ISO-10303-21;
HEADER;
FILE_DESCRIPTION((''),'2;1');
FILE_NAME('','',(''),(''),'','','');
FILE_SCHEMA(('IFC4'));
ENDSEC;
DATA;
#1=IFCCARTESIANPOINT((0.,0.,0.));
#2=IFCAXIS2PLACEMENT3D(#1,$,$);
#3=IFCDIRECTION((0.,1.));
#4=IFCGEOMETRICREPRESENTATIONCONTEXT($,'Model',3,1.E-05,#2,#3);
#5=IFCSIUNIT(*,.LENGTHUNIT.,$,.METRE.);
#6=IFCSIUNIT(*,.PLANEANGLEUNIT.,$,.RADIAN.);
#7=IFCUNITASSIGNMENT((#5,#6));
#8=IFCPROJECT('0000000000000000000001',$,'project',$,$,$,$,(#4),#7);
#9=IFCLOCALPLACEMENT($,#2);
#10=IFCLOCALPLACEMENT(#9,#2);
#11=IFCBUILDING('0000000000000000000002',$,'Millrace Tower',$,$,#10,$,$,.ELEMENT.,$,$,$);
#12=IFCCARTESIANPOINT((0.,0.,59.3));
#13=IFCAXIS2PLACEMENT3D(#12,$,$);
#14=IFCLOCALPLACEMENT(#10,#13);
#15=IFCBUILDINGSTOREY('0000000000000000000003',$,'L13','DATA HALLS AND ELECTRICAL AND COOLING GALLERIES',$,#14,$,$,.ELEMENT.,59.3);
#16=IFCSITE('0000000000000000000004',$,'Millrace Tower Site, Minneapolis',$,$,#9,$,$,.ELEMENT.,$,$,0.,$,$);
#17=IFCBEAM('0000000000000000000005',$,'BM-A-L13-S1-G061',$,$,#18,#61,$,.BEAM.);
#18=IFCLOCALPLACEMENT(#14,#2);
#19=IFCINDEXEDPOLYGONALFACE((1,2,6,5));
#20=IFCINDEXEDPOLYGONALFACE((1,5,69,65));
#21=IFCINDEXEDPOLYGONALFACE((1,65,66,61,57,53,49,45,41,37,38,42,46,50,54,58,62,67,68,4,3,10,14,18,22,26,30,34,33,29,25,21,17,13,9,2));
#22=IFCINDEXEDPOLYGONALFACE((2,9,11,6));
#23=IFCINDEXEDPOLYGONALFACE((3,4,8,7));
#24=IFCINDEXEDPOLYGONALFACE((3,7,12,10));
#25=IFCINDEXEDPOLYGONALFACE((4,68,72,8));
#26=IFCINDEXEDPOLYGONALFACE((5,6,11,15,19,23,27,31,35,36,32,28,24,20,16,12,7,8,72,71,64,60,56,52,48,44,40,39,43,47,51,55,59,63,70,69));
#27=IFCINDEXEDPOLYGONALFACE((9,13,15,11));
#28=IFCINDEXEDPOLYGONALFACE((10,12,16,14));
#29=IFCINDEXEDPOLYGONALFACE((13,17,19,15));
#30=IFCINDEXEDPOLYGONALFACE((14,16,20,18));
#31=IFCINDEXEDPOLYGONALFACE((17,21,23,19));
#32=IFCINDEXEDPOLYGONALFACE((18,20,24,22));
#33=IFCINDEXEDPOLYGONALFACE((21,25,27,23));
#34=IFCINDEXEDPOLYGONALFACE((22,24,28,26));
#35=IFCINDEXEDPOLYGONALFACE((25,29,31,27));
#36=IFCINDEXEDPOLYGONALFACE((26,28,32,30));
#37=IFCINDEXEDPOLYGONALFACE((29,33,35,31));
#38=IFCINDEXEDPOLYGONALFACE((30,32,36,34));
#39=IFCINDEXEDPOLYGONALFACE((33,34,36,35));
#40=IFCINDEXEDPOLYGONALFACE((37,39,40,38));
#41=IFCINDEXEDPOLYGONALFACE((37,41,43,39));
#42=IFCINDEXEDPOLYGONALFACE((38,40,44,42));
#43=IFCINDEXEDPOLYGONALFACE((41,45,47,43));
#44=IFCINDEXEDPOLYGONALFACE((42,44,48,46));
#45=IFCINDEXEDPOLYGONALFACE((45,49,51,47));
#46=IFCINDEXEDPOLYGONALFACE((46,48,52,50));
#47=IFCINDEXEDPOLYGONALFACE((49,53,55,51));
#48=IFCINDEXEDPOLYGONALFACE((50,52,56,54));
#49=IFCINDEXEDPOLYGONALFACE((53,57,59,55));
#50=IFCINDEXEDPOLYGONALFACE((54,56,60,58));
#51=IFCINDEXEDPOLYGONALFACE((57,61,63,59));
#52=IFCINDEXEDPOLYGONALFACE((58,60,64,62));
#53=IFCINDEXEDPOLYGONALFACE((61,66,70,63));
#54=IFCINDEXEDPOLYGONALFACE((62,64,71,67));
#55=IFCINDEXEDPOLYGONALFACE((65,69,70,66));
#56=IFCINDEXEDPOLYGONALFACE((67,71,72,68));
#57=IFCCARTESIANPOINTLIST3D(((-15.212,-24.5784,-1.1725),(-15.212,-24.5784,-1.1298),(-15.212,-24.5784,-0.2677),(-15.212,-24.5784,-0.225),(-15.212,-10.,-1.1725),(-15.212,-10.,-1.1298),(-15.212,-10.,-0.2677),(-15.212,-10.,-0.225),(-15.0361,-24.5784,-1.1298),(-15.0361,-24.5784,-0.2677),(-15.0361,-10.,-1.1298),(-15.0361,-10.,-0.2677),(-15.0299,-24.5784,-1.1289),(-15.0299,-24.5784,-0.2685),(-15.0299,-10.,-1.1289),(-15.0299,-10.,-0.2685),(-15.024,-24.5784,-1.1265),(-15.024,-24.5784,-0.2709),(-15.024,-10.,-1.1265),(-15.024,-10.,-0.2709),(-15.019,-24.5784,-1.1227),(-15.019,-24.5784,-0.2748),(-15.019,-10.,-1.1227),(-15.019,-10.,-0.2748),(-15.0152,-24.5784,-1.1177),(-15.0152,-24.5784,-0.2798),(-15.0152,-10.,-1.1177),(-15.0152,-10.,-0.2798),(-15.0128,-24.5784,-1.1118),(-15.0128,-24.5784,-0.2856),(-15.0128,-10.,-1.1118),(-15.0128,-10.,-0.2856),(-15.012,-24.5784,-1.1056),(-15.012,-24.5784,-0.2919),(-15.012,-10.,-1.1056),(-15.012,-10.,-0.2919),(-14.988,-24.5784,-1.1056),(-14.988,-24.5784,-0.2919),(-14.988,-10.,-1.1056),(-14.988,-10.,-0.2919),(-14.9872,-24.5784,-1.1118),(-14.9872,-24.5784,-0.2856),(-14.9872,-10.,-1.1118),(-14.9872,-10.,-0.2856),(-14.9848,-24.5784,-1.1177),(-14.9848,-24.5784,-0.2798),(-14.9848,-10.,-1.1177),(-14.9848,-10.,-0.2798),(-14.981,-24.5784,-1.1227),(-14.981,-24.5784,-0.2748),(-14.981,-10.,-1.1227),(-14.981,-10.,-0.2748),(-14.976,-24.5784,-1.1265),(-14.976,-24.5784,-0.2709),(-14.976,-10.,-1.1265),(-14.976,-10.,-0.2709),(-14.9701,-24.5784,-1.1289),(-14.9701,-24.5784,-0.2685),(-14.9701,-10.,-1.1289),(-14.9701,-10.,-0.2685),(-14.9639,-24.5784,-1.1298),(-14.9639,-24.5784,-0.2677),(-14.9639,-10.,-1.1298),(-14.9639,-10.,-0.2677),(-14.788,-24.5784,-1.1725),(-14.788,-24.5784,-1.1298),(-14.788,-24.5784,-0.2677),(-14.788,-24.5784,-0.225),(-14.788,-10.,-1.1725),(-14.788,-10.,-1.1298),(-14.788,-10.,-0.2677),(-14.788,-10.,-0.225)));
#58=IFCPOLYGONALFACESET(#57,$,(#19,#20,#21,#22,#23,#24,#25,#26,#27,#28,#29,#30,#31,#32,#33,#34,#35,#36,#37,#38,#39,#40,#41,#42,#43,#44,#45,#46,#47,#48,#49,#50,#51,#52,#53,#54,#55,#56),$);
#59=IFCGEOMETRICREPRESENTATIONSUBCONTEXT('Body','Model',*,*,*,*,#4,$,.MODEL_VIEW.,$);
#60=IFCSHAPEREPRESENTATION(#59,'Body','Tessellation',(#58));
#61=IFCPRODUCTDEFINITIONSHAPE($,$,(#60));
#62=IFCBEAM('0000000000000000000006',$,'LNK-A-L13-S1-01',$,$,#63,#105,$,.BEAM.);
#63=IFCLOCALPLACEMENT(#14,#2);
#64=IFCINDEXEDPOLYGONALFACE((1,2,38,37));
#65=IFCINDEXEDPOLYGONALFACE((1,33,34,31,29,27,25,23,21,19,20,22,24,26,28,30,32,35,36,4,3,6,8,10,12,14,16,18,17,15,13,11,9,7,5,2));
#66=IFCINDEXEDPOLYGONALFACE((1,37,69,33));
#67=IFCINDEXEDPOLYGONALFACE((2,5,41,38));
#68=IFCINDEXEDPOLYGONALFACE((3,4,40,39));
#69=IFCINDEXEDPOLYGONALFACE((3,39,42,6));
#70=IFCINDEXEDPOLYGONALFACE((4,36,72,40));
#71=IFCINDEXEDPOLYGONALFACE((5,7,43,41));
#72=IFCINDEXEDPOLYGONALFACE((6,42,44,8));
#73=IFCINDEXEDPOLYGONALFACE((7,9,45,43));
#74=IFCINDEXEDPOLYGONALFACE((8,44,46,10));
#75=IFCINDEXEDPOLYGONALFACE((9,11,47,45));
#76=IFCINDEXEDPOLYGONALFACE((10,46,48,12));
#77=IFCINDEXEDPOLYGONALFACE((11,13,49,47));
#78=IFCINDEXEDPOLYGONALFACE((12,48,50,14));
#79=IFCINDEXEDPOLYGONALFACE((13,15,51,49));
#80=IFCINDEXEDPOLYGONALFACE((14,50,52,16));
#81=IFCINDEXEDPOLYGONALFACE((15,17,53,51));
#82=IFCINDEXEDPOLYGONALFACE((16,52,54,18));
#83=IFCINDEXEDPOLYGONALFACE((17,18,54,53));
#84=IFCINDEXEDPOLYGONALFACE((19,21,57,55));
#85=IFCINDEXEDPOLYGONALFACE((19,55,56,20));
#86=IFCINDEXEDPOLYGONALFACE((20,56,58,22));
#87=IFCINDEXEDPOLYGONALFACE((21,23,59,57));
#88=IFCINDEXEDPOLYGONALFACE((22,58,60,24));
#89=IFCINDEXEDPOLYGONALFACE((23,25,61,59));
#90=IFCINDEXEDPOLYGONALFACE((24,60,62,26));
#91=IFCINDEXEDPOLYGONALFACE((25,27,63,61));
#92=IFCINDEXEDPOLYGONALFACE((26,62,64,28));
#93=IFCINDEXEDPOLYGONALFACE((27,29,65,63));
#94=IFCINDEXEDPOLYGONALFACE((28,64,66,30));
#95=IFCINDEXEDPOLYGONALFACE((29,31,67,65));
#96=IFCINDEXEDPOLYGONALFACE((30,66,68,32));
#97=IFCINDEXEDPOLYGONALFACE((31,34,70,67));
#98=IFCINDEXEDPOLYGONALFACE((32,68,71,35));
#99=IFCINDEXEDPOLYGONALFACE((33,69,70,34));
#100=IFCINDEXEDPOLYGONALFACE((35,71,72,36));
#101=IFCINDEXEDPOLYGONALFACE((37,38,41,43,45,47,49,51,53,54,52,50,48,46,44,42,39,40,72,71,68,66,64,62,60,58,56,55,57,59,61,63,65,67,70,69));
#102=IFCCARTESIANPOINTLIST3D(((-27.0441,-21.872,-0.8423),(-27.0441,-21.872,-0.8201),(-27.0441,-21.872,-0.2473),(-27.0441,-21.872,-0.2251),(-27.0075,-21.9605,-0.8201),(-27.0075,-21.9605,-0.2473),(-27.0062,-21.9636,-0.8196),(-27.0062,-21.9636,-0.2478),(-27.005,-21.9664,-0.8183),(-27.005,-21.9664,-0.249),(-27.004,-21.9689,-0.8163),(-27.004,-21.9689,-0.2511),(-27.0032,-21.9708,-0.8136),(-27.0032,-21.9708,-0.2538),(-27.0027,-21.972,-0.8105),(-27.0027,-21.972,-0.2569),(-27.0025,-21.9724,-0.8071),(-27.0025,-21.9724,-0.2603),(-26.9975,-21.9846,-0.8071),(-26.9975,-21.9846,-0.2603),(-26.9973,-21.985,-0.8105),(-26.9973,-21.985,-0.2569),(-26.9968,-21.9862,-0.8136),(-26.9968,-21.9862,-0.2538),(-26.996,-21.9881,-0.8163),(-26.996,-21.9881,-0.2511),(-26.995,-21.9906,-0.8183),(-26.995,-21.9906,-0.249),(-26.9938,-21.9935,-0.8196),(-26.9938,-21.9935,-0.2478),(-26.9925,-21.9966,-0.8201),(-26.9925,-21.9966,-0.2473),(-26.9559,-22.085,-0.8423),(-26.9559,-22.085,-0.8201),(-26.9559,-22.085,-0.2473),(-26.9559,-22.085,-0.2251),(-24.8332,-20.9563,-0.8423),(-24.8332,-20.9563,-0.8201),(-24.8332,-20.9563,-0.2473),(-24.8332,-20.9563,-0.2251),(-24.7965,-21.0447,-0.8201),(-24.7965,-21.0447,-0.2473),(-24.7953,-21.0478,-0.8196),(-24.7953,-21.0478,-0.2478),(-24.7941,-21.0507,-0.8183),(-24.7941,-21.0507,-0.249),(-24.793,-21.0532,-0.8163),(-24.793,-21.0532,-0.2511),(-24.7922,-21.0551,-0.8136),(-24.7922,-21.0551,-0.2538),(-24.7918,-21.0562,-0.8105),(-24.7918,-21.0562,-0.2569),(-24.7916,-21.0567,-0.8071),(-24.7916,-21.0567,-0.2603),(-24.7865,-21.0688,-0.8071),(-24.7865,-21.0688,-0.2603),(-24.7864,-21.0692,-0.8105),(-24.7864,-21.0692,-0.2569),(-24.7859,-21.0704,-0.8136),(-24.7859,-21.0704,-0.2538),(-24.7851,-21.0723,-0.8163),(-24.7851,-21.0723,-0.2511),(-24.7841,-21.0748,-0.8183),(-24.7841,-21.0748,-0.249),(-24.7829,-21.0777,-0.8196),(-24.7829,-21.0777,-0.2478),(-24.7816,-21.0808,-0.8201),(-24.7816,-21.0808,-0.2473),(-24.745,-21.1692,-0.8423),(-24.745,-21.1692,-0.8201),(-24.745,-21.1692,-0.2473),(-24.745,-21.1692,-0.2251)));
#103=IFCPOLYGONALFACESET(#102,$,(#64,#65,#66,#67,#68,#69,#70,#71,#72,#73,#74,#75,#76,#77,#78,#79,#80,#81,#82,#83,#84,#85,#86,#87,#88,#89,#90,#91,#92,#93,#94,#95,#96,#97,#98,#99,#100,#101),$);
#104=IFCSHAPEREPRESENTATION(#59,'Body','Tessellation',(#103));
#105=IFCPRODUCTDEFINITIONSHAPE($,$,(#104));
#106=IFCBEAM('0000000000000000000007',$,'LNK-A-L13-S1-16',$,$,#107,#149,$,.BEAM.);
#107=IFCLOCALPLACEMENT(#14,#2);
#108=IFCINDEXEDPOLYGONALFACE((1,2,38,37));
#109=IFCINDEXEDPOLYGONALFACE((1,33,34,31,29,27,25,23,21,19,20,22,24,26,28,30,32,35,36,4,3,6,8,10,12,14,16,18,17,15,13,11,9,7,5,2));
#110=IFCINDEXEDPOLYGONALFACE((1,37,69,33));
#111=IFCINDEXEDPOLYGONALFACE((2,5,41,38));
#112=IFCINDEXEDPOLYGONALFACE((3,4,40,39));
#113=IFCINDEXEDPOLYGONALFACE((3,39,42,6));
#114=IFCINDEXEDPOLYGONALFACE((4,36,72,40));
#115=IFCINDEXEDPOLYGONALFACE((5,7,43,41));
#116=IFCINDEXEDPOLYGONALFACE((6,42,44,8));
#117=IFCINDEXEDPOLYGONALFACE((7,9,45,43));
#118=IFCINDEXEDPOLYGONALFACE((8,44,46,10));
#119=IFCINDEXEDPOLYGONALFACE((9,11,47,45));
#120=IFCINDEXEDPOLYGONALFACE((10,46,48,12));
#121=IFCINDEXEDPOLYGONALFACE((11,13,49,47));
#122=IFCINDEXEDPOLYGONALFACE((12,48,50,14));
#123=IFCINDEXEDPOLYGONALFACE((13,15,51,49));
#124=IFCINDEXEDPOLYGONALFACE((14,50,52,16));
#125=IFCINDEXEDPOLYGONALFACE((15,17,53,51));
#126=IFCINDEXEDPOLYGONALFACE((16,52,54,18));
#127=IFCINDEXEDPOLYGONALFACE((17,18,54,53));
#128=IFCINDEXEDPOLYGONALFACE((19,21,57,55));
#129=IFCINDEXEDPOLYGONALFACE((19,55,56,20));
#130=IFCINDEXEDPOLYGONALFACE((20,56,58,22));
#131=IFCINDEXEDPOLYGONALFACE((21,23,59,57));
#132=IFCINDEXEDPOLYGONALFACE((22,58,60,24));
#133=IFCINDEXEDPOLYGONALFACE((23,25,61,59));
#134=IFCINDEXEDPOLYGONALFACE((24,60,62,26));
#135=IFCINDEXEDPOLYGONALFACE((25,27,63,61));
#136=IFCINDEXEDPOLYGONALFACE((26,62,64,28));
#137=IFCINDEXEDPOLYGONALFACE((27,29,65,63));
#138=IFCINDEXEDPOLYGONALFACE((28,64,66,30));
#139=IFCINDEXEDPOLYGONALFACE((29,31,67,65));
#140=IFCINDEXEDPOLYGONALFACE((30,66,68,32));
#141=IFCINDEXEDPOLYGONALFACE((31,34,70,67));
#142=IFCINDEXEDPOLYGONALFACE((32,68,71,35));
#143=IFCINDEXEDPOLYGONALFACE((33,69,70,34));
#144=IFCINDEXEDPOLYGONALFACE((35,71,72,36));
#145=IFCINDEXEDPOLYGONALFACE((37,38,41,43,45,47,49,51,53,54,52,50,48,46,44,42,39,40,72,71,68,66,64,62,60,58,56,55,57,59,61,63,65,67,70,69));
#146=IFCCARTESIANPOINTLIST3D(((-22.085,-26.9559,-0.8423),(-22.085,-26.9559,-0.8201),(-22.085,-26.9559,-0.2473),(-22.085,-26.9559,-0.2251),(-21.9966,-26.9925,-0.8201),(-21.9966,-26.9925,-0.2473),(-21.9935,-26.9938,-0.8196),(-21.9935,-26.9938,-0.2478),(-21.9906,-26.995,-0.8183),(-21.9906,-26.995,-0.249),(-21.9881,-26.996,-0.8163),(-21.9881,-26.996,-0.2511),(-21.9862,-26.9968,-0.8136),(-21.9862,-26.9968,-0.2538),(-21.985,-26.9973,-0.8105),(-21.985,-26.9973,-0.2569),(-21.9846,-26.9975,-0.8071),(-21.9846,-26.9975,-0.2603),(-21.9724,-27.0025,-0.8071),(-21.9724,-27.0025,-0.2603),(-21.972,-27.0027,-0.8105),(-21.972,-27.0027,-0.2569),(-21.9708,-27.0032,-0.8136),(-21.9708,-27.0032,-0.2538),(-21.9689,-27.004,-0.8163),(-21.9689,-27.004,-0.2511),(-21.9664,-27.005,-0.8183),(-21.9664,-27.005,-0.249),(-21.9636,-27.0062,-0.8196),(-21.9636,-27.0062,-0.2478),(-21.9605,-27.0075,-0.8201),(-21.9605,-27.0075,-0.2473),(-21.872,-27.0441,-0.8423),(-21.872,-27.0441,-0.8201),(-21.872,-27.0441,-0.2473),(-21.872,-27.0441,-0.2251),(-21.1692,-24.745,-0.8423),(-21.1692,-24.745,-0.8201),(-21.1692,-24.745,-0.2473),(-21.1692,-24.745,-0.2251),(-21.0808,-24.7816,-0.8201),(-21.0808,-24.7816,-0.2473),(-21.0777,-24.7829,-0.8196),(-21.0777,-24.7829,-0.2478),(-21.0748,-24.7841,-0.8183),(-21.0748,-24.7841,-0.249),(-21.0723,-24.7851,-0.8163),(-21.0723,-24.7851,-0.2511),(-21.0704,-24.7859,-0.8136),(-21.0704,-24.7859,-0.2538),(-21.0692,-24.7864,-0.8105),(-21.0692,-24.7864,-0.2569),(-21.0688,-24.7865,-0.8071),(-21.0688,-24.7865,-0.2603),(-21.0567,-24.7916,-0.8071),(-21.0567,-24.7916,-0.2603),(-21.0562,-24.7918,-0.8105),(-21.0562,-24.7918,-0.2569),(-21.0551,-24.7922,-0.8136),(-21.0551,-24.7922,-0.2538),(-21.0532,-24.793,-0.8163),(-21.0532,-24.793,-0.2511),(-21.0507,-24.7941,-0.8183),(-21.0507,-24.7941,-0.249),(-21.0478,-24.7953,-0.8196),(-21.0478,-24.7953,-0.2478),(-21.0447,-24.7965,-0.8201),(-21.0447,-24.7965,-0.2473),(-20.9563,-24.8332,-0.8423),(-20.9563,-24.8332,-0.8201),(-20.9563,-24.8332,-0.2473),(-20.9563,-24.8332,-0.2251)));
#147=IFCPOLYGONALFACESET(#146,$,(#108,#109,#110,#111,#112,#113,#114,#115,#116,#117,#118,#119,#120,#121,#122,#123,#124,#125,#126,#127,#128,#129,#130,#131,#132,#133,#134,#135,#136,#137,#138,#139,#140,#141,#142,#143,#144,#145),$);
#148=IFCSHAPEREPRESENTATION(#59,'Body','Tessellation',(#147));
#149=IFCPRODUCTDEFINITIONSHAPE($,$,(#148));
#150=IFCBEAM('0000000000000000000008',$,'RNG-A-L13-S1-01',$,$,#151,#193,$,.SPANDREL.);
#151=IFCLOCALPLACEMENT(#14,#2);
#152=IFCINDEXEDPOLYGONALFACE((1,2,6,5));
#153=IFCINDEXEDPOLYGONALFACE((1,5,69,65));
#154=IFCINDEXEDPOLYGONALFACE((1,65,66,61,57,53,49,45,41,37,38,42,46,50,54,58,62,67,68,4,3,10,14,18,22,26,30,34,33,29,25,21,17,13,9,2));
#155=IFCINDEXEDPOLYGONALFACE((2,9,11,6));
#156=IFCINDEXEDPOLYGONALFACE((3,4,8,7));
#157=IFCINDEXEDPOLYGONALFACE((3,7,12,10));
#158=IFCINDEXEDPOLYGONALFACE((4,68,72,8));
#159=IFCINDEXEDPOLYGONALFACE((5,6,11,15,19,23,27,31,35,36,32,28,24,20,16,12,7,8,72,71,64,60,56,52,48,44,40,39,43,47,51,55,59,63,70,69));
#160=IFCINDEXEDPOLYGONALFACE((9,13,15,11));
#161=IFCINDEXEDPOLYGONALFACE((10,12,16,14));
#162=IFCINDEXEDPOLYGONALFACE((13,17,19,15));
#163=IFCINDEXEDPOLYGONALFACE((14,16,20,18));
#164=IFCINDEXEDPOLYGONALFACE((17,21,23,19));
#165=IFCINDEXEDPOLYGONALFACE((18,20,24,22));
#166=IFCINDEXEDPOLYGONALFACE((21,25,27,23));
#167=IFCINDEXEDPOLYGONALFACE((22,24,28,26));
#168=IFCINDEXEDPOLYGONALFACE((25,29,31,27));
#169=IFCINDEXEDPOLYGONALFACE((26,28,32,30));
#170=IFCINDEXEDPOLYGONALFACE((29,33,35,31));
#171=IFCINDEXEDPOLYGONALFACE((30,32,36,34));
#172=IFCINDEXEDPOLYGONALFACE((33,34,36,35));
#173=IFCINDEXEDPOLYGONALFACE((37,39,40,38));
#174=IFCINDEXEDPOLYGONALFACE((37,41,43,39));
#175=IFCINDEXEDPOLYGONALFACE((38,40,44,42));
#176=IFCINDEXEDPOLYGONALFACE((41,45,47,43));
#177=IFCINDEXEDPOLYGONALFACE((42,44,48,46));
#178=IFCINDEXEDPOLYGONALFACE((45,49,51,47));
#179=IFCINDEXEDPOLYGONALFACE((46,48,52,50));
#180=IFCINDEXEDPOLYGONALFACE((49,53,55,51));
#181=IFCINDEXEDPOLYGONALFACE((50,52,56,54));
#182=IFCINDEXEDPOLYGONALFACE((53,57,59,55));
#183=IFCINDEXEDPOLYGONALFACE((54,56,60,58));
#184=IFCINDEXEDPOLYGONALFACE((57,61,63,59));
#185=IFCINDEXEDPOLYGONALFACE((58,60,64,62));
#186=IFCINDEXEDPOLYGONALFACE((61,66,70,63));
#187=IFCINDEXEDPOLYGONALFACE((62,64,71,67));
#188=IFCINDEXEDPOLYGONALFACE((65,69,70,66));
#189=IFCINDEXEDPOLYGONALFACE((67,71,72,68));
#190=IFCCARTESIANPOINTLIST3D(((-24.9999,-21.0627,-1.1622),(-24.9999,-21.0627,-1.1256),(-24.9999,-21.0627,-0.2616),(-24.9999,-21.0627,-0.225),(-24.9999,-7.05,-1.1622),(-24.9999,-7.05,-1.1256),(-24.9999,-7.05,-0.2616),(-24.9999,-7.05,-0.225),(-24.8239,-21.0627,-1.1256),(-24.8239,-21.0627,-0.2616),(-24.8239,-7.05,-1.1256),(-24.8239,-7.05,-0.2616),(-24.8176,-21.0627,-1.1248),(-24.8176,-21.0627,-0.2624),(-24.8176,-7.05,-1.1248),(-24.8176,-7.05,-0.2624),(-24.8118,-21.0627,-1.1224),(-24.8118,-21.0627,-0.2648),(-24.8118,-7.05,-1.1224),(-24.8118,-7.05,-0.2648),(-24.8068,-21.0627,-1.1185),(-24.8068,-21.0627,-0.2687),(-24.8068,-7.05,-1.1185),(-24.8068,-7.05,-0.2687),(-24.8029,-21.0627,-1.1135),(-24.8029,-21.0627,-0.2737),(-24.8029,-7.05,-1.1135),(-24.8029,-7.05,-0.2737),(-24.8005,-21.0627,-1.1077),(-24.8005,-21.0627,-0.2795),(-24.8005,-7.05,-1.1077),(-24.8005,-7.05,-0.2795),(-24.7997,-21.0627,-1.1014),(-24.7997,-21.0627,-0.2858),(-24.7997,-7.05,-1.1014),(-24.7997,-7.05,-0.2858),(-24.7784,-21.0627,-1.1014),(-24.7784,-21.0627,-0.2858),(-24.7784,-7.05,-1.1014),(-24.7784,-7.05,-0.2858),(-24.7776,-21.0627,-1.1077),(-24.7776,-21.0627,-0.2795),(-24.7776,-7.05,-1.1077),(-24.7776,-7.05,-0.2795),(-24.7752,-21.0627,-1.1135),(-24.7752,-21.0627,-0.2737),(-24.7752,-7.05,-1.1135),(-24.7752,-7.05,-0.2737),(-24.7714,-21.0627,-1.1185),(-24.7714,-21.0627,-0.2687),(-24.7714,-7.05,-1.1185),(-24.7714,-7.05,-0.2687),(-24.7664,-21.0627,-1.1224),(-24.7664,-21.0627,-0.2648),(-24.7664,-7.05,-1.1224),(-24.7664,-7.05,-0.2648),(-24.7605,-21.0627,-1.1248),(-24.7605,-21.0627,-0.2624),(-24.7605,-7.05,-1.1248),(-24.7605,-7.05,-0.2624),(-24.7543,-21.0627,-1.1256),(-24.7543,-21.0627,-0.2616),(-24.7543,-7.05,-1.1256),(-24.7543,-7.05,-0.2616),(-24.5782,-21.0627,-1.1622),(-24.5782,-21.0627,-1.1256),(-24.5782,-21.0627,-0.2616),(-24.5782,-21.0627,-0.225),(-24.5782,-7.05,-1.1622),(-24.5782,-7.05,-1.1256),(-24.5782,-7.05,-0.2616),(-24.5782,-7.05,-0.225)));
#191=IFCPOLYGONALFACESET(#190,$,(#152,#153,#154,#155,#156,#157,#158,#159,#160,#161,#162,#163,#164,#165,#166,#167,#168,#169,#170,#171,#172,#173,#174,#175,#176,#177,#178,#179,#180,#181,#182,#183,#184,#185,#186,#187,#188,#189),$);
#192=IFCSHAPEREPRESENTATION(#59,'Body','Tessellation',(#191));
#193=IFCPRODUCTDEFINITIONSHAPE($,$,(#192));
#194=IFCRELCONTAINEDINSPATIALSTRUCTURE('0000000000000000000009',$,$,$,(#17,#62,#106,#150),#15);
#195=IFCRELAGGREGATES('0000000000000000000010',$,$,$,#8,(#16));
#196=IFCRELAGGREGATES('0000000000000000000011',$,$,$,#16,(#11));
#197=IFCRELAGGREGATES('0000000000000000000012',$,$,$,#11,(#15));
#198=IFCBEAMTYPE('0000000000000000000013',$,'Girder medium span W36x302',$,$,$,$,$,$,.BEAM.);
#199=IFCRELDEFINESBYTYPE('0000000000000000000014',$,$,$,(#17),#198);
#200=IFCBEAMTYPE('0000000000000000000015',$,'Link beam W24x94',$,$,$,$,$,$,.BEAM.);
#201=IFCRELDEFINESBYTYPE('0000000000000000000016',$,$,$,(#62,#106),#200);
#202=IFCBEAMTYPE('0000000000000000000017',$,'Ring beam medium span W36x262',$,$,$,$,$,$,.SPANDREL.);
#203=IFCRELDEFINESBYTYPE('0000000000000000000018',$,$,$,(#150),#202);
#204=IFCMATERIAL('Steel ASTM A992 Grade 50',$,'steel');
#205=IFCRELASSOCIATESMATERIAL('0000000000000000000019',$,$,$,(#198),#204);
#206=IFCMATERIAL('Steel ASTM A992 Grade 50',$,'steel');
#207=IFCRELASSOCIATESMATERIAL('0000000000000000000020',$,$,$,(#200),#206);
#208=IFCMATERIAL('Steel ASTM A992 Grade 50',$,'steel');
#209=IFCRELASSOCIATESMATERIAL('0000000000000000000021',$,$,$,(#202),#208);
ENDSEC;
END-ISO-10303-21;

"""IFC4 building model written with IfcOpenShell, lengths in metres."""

from ifc_helpers import new_model, si_unit, direction, frame, origin, origin_2d, place, context, subcontext, project, spatial, i_section, extrude, material, material_profile, profile_set, type_object, element, save


model = new_model("IFC4")

# Units and contexts
model_context = context("Model", 3, precision=1e-05, world=origin(), true_north=direction((0.0, 1.0)))
body_context = subcontext(model_context, "Body", "Model", "MODEL_VIEW")
ifc_project = project(units=[si_unit("LENGTHUNIT", "METRE"), si_unit("PLANEANGLEUNIT", "RADIAN")], contexts=[model_context])

# Site, building, storey
site_placement = place(None, origin())
site = spatial("IfcSite", under=ifc_project, at=site_placement, Name="Millrace Tower Site, Minneapolis", CompositionType="ELEMENT", RefElevation=0.0)
building_placement = place(site_placement, origin())
building = spatial("IfcBuilding", under=site, at=building_placement, Name="Millrace Tower", CompositionType="ELEMENT")
storey_placement = place(building_placement, frame((0.0, 0.0, 59.3)))
storey = spatial("IfcBuildingStorey", under=building, at=storey_placement, Name="L13", Description="DATA HALLS AND ELECTRICAL AND COOLING GALLERIES", CompositionType="ELEMENT", Elevation=59.3)

# Beams
ifc_material_1 = material(Name="Steel ASTM A992 Grade 50", Category="steel")
ifc_material_profile_1 = material_profile(ifc_material_1, i_section(OverallWidth=0.4241, OverallDepth=0.9475, WebThickness=0.0239, FlangeThickness=0.0427, FilletRadius=0.0242, at=origin_2d()))
ifc_profile_set_1 = profile_set([ifc_material_profile_1], Name="Steel ASTM A992 Grade 50")
beam_type_1 = type_object("IfcBeamType", Name="Girder medium span W36x302", PredefinedType="BEAM", material=ifc_profile_set_1)
beam_1_placement = place(storey_placement, frame((-15.0, -24.5784, -0.6987), z_axis=(0.0, 1.0, 0.0), x_axis=(-1.0, 0.0, 0.0)))
element("IfcBeam", 1, at=beam_1_placement, inside=storey, type_object=beam_type_1, Name="BM-A-L13-S1-G061", PredefinedType="BEAM", context=body_context, shape_type="SweptSolid", body=[
    extrude(i_section(OverallWidth=0.4241, OverallDepth=0.9475, WebThickness=0.0239, FlangeThickness=0.0427, FilletRadius=0.0242, at=origin_2d()), origin(), (0.0, 0.0, 1.0), 14.5784),
])
ifc_material_2 = material(Name="Steel ASTM A992 Grade 50", Category="steel")
ifc_material_profile_2 = material_profile(ifc_material_2, i_section(OverallWidth=0.2305, OverallDepth=0.6172, WebThickness=0.0132, FlangeThickness=0.0222, FilletRadius=0.0129, at=origin_2d()))
ifc_profile_set_2 = profile_set([ifc_material_profile_2], Name="Steel ASTM A992 Grade 50")
beam_type_2 = type_object("IfcBeamType", Name="Link beam W24x94", PredefinedType="BEAM", material=ifc_profile_set_2)
for number, where, z_axis, x_axis, name in (
    (2, (-24.7891, -21.0627, -0.5337), (-0.923884, -0.382673, 0.0), (0.382673, -0.923884, 0.0), "LNK-A-L13-S1-01"),
    (3, (-21.0627, -24.7891, -0.5337), (-0.382673, -0.923884, 0.0), (0.923884, -0.382673, 0.0), "LNK-A-L13-S1-16"),
):
    element("IfcBeam", number, at=place(storey_placement, frame(where, z_axis=z_axis, x_axis=x_axis)), inside=storey, type_object=beam_type_2, Name=name, PredefinedType="BEAM", context=body_context, shape_type="SweptSolid", body=[
        extrude(i_section(OverallWidth=0.2305, OverallDepth=0.6172, WebThickness=0.0132, FlangeThickness=0.0222, FilletRadius=0.0129, at=origin_2d()), origin(), (0.0, 0.0, 1.0), 2.3931),
    ])
ifc_material_3 = material(Name="Steel ASTM A992 Grade 50", Category="steel")
ifc_material_profile_3 = material_profile(ifc_material_3, i_section(OverallWidth=0.4216, OverallDepth=0.9373, WebThickness=0.0212, FlangeThickness=0.0366, FilletRadius=0.0242, at=origin_2d()))
ifc_profile_set_3 = profile_set([ifc_material_profile_3], Name="Steel ASTM A992 Grade 50")
beam_type_3 = type_object("IfcBeamType", Name="Ring beam medium span W36x262", PredefinedType="SPANDREL", material=ifc_profile_set_3)
beam_2_placement = place(storey_placement, frame((-24.7891, -21.0627, -0.6936), z_axis=(0.0, 1.0, 0.0), x_axis=(-1.0, 0.0, 0.0)))
element("IfcBeam", 4, at=beam_2_placement, inside=storey, type_object=beam_type_3, Name="RNG-A-L13-S1-01", PredefinedType="SPANDREL", context=body_context, shape_type="SweptSolid", body=[
    extrude(i_section(OverallWidth=0.4216, OverallDepth=0.9373, WebThickness=0.0212, FlangeThickness=0.0366, FilletRadius=0.0242, at=origin_2d()), origin(), (0.0, 0.0, 1.0), 14.0127),
])

save(model, "model.ifc")
